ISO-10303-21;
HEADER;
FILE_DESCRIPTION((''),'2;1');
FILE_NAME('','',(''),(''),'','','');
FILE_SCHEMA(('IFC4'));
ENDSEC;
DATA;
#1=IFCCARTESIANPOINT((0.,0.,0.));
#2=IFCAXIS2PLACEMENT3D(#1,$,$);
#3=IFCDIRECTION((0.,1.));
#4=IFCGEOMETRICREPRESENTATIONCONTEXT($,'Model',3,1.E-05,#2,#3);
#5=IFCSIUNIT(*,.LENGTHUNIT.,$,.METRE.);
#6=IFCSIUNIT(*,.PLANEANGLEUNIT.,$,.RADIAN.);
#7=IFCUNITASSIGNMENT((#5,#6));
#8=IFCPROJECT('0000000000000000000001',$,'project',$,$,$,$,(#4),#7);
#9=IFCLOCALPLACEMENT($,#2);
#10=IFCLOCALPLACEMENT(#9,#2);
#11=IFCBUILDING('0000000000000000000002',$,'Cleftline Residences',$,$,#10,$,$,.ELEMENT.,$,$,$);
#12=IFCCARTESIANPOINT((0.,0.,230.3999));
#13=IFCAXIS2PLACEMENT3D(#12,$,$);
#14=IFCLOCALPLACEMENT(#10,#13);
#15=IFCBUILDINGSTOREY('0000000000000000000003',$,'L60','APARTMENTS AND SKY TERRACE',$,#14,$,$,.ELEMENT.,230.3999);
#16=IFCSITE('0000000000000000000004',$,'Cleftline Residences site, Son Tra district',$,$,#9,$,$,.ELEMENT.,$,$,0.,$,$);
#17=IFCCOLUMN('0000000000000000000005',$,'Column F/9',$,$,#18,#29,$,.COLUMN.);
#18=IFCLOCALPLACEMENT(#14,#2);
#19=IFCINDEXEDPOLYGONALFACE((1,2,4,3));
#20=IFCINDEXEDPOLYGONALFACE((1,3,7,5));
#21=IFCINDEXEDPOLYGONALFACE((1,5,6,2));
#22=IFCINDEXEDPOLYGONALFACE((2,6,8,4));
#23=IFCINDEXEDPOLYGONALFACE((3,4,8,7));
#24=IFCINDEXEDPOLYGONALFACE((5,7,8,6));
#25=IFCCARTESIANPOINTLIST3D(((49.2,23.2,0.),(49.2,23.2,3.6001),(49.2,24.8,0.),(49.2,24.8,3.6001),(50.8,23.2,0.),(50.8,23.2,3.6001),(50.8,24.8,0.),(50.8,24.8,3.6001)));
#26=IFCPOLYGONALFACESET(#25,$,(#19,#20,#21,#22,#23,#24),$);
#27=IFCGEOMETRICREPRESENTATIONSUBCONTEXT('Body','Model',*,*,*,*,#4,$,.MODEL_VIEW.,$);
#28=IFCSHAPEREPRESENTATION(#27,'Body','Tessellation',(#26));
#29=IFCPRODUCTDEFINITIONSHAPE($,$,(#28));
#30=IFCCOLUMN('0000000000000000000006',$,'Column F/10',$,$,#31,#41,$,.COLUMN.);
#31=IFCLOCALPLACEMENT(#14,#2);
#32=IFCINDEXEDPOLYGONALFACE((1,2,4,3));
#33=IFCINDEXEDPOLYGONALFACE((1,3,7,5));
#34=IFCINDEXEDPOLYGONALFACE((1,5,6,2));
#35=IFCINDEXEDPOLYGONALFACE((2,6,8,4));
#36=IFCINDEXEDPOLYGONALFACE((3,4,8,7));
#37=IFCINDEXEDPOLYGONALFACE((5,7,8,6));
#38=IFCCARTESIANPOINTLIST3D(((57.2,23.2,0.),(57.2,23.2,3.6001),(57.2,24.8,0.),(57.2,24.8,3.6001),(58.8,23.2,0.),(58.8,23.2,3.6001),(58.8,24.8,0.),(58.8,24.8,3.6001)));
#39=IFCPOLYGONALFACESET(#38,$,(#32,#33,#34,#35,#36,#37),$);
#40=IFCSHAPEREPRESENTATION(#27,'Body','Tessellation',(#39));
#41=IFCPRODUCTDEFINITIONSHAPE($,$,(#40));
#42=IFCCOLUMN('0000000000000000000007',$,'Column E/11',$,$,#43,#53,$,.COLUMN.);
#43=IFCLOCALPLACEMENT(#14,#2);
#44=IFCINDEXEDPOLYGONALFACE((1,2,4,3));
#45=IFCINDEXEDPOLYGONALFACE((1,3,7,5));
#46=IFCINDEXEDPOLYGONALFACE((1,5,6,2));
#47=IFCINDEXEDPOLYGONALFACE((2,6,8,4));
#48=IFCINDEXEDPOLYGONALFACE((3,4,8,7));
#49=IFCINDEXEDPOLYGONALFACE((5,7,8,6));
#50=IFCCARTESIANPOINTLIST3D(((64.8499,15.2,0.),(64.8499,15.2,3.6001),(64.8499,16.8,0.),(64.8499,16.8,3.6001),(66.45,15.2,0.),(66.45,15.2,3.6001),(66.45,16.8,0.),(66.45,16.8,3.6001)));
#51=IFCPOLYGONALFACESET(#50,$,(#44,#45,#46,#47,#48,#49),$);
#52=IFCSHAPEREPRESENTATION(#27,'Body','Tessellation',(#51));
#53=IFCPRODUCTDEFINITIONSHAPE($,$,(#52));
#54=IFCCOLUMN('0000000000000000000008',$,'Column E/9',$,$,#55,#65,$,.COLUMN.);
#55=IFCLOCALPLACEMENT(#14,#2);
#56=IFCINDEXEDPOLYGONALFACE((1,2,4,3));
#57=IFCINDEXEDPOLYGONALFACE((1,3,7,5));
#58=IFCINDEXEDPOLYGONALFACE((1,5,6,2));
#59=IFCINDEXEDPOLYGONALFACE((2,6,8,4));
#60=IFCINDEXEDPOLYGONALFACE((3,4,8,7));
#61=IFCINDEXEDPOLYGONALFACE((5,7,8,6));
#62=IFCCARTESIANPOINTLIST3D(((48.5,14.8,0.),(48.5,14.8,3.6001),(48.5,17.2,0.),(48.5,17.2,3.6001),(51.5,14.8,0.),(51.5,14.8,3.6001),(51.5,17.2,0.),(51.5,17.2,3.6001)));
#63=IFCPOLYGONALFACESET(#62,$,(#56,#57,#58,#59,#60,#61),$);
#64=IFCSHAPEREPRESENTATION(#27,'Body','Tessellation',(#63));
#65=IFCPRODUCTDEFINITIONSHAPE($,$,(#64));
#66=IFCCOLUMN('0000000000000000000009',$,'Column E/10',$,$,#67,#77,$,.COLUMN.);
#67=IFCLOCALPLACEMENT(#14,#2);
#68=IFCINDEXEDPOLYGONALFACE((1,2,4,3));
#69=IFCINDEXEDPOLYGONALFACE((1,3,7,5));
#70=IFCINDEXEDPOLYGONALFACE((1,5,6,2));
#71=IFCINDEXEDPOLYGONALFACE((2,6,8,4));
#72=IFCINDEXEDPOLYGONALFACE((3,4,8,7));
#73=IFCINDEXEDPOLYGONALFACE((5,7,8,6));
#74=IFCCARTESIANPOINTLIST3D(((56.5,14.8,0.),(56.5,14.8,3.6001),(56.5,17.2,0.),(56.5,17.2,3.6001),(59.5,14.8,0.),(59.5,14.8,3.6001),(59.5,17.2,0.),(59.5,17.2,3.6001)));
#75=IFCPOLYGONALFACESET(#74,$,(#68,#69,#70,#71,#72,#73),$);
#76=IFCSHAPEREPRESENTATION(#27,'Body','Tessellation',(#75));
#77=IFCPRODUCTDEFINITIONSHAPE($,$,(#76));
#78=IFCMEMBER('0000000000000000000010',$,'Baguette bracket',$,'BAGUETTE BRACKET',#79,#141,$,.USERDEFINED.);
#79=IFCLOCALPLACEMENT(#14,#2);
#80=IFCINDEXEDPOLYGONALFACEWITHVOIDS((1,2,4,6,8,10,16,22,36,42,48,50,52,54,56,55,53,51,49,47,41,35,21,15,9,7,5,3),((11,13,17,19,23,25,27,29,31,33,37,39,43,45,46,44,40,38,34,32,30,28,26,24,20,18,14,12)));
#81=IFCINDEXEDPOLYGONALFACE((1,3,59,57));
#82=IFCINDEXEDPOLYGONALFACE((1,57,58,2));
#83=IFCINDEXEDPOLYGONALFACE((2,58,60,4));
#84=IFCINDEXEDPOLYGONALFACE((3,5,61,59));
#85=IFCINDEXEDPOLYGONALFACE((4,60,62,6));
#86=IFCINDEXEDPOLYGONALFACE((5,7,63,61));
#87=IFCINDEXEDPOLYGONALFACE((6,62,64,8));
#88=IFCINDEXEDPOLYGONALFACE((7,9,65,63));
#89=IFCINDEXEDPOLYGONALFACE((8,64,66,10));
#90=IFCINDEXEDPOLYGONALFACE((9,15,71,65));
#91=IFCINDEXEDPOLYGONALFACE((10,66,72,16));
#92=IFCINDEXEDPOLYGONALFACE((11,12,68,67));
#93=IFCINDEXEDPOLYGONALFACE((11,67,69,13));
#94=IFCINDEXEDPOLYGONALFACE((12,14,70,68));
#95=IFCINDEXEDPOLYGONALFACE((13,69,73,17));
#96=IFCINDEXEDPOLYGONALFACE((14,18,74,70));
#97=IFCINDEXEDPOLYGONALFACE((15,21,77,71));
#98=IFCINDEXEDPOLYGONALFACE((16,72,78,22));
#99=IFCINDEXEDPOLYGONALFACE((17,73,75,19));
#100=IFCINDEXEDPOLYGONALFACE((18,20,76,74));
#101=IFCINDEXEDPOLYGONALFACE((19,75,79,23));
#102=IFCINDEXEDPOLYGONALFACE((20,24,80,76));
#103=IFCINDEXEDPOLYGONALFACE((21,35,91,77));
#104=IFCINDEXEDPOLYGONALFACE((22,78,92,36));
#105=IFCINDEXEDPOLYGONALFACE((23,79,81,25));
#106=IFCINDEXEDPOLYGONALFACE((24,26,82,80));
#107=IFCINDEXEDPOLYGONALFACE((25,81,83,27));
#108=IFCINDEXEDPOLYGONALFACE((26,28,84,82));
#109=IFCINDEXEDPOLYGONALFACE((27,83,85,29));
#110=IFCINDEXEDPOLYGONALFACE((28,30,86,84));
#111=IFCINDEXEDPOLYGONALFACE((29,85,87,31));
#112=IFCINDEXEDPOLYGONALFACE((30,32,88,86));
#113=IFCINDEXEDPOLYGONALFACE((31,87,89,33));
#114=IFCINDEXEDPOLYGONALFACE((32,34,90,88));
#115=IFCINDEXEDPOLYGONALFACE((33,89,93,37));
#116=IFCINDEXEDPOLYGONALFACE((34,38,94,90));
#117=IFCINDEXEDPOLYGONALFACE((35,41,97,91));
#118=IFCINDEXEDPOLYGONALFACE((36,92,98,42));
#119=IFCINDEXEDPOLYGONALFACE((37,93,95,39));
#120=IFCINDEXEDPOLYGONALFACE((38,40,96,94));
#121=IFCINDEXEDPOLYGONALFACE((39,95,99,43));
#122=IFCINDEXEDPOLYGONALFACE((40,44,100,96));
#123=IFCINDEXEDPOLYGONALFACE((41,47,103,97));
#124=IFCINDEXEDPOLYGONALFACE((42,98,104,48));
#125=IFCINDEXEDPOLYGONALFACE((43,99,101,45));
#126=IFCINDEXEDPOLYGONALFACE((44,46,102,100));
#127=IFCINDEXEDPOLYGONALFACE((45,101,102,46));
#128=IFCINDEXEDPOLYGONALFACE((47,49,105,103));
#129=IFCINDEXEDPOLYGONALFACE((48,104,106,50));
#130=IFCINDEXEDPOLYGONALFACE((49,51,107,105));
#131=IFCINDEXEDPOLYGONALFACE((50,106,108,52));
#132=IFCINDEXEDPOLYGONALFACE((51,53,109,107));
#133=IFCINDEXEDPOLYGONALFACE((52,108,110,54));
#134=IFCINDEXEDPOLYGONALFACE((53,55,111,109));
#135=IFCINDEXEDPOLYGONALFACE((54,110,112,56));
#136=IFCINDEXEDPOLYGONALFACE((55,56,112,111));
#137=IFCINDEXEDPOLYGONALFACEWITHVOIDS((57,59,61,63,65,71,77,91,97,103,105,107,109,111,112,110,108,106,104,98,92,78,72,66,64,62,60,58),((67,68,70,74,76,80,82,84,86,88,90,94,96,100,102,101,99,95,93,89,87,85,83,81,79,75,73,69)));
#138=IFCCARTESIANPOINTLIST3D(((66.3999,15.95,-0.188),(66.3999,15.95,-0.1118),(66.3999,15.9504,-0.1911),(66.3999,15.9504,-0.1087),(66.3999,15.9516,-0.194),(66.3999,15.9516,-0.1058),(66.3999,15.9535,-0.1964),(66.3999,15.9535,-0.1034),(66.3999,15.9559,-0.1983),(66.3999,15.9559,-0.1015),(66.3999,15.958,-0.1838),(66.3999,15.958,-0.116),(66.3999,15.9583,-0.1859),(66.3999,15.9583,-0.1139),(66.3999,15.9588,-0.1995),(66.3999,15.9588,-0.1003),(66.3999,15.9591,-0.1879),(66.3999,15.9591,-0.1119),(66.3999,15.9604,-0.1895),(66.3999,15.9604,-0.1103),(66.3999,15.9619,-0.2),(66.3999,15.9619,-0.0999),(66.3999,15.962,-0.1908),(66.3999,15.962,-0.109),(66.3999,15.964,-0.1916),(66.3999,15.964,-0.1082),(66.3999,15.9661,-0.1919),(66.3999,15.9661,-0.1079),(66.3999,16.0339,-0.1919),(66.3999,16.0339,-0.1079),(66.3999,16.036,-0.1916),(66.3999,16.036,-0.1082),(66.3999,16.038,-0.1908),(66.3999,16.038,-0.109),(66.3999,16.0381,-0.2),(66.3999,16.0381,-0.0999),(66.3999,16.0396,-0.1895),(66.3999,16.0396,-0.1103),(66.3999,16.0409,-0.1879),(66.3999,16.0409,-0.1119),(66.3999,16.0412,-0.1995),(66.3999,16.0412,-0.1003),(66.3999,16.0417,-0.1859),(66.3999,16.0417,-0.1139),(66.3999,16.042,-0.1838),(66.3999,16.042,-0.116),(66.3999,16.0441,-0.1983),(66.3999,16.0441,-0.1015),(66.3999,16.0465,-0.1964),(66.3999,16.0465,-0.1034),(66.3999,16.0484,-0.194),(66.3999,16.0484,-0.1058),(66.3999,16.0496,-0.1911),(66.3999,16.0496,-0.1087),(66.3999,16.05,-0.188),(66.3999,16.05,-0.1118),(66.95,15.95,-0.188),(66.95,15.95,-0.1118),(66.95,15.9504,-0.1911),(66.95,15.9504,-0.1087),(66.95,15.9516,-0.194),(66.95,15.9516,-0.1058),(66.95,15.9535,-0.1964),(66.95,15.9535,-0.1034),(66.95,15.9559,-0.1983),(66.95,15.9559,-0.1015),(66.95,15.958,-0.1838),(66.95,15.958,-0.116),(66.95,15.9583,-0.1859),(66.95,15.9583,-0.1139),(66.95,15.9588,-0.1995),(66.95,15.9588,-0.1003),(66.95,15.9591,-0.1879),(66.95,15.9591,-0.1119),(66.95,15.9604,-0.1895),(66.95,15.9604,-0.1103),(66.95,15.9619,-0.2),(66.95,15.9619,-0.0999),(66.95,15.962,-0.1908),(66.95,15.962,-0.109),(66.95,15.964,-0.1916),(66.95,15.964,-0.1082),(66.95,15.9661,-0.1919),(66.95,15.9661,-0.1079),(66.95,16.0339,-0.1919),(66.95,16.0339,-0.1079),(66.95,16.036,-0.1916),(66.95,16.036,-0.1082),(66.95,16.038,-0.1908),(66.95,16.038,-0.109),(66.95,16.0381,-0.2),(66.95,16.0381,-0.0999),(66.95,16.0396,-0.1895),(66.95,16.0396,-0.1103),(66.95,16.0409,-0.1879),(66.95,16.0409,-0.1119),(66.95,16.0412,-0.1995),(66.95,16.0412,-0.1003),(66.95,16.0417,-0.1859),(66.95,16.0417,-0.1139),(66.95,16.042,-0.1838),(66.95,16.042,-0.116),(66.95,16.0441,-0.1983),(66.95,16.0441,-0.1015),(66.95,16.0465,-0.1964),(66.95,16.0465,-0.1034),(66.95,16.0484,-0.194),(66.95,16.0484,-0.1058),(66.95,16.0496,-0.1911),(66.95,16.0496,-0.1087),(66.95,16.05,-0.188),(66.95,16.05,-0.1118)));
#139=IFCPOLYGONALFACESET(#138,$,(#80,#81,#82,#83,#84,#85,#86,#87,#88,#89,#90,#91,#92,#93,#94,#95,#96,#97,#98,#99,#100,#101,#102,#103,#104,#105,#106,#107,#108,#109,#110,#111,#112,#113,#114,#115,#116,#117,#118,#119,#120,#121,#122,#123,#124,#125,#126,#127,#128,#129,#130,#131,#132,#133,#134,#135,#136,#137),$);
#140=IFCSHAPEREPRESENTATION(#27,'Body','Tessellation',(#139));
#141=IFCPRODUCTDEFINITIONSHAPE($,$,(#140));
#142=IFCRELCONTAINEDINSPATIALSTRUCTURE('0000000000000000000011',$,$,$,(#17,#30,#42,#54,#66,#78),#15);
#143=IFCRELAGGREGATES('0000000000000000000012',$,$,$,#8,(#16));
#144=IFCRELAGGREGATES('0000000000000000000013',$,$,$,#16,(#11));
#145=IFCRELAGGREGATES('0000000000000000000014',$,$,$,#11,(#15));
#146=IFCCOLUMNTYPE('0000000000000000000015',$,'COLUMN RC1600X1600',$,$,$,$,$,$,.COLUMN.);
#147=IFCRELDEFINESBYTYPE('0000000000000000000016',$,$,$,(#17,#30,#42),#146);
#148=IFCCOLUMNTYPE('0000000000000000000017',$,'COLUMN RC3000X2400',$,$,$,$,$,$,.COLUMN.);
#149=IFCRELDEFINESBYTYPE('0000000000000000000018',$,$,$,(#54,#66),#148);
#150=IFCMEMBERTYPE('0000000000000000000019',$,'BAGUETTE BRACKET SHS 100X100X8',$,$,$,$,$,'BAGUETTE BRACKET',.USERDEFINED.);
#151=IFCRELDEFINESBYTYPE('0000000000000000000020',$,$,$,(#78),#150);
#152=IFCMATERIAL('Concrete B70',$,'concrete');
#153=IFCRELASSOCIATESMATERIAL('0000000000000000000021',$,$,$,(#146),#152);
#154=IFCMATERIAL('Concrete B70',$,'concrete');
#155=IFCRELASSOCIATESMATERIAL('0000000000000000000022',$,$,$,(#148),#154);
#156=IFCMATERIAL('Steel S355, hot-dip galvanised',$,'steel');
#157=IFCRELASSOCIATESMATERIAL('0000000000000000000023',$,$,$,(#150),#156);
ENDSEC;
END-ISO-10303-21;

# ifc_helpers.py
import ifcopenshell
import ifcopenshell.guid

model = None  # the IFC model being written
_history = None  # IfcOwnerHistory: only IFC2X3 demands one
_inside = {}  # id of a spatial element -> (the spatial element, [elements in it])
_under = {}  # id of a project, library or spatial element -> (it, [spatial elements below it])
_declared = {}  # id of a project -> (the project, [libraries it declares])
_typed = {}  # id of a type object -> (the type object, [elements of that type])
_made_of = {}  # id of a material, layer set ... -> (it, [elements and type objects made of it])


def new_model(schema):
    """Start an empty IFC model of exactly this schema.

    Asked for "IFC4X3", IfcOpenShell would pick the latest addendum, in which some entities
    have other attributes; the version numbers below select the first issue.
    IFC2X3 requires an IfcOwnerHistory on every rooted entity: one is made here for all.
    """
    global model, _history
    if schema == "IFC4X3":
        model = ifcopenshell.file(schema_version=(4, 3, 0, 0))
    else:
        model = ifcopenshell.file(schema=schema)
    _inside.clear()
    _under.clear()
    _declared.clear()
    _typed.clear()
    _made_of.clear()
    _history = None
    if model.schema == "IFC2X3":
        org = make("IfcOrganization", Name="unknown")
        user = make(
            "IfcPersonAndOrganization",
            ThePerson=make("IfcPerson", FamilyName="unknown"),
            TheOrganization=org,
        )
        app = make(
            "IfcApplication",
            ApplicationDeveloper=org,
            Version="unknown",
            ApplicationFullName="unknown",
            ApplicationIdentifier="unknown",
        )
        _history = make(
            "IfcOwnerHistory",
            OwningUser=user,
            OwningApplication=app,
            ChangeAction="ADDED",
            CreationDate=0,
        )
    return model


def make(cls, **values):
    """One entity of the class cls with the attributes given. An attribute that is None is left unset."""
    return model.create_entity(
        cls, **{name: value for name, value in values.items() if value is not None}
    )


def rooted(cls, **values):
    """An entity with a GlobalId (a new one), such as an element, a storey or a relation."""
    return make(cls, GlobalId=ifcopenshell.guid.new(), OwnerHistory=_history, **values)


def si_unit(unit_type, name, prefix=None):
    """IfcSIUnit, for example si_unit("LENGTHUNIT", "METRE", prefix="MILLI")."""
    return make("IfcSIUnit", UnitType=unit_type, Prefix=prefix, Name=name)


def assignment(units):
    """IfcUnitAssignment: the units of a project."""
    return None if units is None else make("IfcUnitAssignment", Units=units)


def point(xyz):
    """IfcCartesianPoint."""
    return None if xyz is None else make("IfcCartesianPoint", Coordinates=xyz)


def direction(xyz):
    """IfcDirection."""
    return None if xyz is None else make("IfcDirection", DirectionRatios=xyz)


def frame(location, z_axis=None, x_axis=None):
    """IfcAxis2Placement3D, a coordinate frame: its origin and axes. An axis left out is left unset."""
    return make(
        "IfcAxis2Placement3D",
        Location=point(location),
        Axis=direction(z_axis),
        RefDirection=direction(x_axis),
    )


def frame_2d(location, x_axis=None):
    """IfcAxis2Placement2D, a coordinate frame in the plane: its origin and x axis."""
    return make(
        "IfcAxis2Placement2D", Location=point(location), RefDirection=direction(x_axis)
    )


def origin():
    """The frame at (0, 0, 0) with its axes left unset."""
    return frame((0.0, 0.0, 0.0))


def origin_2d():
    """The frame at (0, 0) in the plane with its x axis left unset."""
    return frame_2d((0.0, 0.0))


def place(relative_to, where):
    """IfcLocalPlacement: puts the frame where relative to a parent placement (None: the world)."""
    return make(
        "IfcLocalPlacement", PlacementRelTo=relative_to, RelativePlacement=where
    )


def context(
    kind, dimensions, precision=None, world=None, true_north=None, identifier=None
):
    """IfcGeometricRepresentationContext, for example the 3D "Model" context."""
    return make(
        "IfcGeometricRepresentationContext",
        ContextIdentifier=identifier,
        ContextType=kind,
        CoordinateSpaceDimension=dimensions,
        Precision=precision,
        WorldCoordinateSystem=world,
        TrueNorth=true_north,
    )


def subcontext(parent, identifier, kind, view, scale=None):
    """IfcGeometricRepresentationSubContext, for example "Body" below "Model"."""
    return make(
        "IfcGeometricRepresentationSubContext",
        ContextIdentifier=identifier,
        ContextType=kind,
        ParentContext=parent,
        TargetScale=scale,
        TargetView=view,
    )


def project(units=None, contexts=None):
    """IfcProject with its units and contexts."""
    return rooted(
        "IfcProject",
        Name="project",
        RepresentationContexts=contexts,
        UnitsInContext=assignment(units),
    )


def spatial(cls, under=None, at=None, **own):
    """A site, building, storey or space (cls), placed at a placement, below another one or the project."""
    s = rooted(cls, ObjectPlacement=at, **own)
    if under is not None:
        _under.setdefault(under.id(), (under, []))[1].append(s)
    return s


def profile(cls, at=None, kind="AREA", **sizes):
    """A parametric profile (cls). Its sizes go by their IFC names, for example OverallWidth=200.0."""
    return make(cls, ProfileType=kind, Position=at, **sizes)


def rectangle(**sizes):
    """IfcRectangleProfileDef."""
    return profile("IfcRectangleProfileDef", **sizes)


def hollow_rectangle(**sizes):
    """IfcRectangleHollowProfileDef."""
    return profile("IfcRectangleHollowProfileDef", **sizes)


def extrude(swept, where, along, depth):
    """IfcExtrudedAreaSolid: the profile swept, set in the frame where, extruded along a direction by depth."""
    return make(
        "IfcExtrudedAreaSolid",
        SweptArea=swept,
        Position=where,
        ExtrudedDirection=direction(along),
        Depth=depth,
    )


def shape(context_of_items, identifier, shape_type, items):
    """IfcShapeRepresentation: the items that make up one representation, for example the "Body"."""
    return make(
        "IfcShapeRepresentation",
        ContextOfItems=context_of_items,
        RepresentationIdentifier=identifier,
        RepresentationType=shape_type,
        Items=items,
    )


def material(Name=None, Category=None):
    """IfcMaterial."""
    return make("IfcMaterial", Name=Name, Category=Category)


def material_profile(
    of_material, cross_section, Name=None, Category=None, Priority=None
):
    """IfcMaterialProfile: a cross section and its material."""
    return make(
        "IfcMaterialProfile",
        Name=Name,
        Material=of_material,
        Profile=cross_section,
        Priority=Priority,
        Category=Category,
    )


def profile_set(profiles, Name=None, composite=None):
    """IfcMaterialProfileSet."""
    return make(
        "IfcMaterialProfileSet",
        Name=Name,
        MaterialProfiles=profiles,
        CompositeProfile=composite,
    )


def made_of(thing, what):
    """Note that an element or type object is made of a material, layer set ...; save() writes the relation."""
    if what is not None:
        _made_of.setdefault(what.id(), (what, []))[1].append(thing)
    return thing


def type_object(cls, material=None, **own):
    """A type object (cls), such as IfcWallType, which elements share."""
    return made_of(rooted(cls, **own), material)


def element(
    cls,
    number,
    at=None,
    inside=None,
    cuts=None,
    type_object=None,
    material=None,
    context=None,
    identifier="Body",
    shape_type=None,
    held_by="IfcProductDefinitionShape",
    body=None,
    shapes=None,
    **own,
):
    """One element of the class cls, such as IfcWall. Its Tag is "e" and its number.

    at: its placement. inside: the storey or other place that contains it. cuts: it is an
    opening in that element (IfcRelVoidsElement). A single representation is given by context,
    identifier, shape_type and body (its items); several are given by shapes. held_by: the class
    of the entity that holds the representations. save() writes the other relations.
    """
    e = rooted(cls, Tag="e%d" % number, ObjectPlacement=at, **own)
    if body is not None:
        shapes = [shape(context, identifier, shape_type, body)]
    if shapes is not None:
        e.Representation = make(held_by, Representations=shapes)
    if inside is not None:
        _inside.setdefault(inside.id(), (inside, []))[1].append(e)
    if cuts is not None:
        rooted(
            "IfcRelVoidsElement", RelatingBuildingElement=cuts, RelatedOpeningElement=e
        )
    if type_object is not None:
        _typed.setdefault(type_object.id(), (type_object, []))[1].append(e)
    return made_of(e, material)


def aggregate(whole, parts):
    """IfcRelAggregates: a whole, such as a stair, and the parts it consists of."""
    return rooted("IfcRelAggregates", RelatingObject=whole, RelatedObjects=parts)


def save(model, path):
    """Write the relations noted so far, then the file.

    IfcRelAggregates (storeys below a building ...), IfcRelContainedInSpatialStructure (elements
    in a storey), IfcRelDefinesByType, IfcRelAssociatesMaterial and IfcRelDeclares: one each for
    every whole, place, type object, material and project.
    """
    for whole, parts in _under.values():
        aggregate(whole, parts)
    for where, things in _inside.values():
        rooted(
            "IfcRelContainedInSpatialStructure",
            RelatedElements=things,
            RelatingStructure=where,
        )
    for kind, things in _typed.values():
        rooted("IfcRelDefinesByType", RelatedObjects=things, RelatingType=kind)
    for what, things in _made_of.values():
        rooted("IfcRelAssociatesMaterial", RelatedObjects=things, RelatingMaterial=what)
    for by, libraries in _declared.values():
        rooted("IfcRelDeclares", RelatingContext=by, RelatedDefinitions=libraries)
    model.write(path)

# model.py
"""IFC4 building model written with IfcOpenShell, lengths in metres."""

from ifc_helpers import new_model, si_unit, direction, frame, origin, origin_2d, place, context, subcontext, project, spatial, rectangle, hollow_rectangle, extrude, material, material_profile, profile_set, type_object, element, save


model = new_model("IFC4")

# Units and contexts
model_context = context("Model", 3, precision=1e-05, world=origin(), true_north=direction((0.0, 1.0)))
body_context = subcontext(model_context, "Body", "Model", "MODEL_VIEW")
ifc_project = project(units=[si_unit("LENGTHUNIT", "METRE"), si_unit("PLANEANGLEUNIT", "RADIAN")], contexts=[model_context])

# Site, building, storey
site_placement = place(None, origin())
site = spatial("IfcSite", under=ifc_project, at=site_placement, Name="Cleftline Residences site, Son Tra district", CompositionType="ELEMENT", RefElevation=0.0)
building_placement = place(site_placement, origin())
building = spatial("IfcBuilding", under=site, at=building_placement, Name="Cleftline Residences", CompositionType="ELEMENT")
storey_placement = place(building_placement, frame((0.0, 0.0, 230.3999)))
storey = spatial("IfcBuildingStorey", under=building, at=storey_placement, Name="L60", Description="APARTMENTS AND SKY TERRACE", CompositionType="ELEMENT", Elevation=230.3999)

# Columns
ifc_material_1 = material(Name="Concrete B70", Category="concrete")
ifc_material_profile_1 = material_profile(ifc_material_1, rectangle(XDim=1.6001, YDim=1.6001, at=origin_2d()))
ifc_profile_set_1 = profile_set([ifc_material_profile_1], Name="Concrete B70")
column_type_1 = type_object("IfcColumnType", Name="COLUMN RC1600X1600", PredefinedType="COLUMN", material=ifc_profile_set_1)
for number, where, z_axis, x_axis, name in (
    (1, (50.0, 24.0, 0.0), (0.0, 0.0, 1.0), (1.0, 0.0, 0.0), "Column F/9"),
    (2, (58.0, 24.0, 0.0), (0.0, 0.0, 1.0), (1.0, 0.0, 0.0), "Column F/10"),
    (3, (65.6499, 16.0, 0.0), (0.0, 0.0, 1.0), (1.0, 0.0, 0.0), "Column E/11"),
):
    element("IfcColumn", number, at=place(storey_placement, frame(where, z_axis=z_axis, x_axis=x_axis)), inside=storey, type_object=column_type_1, Name=name, PredefinedType="COLUMN", context=body_context, shape_type="SweptSolid", body=[
        extrude(rectangle(XDim=1.6001, YDim=1.6001, at=origin_2d()), origin(), (0.0, 0.0, 1.0), 3.6001),
    ])
ifc_material_2 = material(Name="Concrete B70", Category="concrete")
ifc_material_profile_2 = material_profile(ifc_material_2, rectangle(XDim=3.0, YDim=2.3999, at=origin_2d()))
ifc_profile_set_2 = profile_set([ifc_material_profile_2], Name="Concrete B70")
column_type_2 = type_object("IfcColumnType", Name="COLUMN RC3000X2400", PredefinedType="COLUMN", material=ifc_profile_set_2)
for number, where, z_axis, x_axis, name in (
    (4, (50.0, 16.0, 0.0), (0.0, 0.0, 1.0), (1.0, 0.0, 0.0), "Column E/9"),
    (5, (58.0, 16.0, 0.0), (0.0, 0.0, 1.0), (1.0, 0.0, 0.0), "Column E/10"),
):
    element("IfcColumn", number, at=place(storey_placement, frame(where, z_axis=z_axis, x_axis=x_axis)), inside=storey, type_object=column_type_2, Name=name, PredefinedType="COLUMN", context=body_context, shape_type="SweptSolid", body=[
        extrude(rectangle(XDim=3.0, YDim=2.3999, at=origin_2d()), origin(), (0.0, 0.0, 1.0), 3.6001),
    ])

# Member
ifc_material_3 = material(Name="Steel S355, hot-dip galvanised", Category="steel")
ifc_material_profile_3 = material_profile(ifc_material_3, hollow_rectangle(XDim=0.1001, YDim=0.1001, WallThickness=0.0081, InnerFilletRadius=0.0081, OuterFilletRadius=0.012, at=origin_2d()))
ifc_profile_set_3 = profile_set([ifc_material_profile_3], Name="Steel S355, hot-dip galvanised")
member_type_1 = type_object("IfcMemberType", Name="BAGUETTE BRACKET SHS 100X100X8", ElementType="BAGUETTE BRACKET", PredefinedType="USERDEFINED", material=ifc_profile_set_3)
member_1_placement = place(storey_placement, frame((66.3999, 16.0, -0.1499), z_axis=(1.0, 0.0, 0.0), x_axis=(0.0, 1.0, 0.0)))
element("IfcMember", 6, at=member_1_placement, inside=storey, type_object=member_type_1, Name="Baguette bracket", ObjectType="BAGUETTE BRACKET", PredefinedType="USERDEFINED", context=body_context, shape_type="SweptSolid", body=[
    extrude(hollow_rectangle(XDim=0.1001, YDim=0.1001, WallThickness=0.0081, InnerFilletRadius=0.0081, OuterFilletRadius=0.012, at=origin_2d()), origin(), (0.0, 0.0, 1.0), 0.55),
])

save(model, "model.ifc")
